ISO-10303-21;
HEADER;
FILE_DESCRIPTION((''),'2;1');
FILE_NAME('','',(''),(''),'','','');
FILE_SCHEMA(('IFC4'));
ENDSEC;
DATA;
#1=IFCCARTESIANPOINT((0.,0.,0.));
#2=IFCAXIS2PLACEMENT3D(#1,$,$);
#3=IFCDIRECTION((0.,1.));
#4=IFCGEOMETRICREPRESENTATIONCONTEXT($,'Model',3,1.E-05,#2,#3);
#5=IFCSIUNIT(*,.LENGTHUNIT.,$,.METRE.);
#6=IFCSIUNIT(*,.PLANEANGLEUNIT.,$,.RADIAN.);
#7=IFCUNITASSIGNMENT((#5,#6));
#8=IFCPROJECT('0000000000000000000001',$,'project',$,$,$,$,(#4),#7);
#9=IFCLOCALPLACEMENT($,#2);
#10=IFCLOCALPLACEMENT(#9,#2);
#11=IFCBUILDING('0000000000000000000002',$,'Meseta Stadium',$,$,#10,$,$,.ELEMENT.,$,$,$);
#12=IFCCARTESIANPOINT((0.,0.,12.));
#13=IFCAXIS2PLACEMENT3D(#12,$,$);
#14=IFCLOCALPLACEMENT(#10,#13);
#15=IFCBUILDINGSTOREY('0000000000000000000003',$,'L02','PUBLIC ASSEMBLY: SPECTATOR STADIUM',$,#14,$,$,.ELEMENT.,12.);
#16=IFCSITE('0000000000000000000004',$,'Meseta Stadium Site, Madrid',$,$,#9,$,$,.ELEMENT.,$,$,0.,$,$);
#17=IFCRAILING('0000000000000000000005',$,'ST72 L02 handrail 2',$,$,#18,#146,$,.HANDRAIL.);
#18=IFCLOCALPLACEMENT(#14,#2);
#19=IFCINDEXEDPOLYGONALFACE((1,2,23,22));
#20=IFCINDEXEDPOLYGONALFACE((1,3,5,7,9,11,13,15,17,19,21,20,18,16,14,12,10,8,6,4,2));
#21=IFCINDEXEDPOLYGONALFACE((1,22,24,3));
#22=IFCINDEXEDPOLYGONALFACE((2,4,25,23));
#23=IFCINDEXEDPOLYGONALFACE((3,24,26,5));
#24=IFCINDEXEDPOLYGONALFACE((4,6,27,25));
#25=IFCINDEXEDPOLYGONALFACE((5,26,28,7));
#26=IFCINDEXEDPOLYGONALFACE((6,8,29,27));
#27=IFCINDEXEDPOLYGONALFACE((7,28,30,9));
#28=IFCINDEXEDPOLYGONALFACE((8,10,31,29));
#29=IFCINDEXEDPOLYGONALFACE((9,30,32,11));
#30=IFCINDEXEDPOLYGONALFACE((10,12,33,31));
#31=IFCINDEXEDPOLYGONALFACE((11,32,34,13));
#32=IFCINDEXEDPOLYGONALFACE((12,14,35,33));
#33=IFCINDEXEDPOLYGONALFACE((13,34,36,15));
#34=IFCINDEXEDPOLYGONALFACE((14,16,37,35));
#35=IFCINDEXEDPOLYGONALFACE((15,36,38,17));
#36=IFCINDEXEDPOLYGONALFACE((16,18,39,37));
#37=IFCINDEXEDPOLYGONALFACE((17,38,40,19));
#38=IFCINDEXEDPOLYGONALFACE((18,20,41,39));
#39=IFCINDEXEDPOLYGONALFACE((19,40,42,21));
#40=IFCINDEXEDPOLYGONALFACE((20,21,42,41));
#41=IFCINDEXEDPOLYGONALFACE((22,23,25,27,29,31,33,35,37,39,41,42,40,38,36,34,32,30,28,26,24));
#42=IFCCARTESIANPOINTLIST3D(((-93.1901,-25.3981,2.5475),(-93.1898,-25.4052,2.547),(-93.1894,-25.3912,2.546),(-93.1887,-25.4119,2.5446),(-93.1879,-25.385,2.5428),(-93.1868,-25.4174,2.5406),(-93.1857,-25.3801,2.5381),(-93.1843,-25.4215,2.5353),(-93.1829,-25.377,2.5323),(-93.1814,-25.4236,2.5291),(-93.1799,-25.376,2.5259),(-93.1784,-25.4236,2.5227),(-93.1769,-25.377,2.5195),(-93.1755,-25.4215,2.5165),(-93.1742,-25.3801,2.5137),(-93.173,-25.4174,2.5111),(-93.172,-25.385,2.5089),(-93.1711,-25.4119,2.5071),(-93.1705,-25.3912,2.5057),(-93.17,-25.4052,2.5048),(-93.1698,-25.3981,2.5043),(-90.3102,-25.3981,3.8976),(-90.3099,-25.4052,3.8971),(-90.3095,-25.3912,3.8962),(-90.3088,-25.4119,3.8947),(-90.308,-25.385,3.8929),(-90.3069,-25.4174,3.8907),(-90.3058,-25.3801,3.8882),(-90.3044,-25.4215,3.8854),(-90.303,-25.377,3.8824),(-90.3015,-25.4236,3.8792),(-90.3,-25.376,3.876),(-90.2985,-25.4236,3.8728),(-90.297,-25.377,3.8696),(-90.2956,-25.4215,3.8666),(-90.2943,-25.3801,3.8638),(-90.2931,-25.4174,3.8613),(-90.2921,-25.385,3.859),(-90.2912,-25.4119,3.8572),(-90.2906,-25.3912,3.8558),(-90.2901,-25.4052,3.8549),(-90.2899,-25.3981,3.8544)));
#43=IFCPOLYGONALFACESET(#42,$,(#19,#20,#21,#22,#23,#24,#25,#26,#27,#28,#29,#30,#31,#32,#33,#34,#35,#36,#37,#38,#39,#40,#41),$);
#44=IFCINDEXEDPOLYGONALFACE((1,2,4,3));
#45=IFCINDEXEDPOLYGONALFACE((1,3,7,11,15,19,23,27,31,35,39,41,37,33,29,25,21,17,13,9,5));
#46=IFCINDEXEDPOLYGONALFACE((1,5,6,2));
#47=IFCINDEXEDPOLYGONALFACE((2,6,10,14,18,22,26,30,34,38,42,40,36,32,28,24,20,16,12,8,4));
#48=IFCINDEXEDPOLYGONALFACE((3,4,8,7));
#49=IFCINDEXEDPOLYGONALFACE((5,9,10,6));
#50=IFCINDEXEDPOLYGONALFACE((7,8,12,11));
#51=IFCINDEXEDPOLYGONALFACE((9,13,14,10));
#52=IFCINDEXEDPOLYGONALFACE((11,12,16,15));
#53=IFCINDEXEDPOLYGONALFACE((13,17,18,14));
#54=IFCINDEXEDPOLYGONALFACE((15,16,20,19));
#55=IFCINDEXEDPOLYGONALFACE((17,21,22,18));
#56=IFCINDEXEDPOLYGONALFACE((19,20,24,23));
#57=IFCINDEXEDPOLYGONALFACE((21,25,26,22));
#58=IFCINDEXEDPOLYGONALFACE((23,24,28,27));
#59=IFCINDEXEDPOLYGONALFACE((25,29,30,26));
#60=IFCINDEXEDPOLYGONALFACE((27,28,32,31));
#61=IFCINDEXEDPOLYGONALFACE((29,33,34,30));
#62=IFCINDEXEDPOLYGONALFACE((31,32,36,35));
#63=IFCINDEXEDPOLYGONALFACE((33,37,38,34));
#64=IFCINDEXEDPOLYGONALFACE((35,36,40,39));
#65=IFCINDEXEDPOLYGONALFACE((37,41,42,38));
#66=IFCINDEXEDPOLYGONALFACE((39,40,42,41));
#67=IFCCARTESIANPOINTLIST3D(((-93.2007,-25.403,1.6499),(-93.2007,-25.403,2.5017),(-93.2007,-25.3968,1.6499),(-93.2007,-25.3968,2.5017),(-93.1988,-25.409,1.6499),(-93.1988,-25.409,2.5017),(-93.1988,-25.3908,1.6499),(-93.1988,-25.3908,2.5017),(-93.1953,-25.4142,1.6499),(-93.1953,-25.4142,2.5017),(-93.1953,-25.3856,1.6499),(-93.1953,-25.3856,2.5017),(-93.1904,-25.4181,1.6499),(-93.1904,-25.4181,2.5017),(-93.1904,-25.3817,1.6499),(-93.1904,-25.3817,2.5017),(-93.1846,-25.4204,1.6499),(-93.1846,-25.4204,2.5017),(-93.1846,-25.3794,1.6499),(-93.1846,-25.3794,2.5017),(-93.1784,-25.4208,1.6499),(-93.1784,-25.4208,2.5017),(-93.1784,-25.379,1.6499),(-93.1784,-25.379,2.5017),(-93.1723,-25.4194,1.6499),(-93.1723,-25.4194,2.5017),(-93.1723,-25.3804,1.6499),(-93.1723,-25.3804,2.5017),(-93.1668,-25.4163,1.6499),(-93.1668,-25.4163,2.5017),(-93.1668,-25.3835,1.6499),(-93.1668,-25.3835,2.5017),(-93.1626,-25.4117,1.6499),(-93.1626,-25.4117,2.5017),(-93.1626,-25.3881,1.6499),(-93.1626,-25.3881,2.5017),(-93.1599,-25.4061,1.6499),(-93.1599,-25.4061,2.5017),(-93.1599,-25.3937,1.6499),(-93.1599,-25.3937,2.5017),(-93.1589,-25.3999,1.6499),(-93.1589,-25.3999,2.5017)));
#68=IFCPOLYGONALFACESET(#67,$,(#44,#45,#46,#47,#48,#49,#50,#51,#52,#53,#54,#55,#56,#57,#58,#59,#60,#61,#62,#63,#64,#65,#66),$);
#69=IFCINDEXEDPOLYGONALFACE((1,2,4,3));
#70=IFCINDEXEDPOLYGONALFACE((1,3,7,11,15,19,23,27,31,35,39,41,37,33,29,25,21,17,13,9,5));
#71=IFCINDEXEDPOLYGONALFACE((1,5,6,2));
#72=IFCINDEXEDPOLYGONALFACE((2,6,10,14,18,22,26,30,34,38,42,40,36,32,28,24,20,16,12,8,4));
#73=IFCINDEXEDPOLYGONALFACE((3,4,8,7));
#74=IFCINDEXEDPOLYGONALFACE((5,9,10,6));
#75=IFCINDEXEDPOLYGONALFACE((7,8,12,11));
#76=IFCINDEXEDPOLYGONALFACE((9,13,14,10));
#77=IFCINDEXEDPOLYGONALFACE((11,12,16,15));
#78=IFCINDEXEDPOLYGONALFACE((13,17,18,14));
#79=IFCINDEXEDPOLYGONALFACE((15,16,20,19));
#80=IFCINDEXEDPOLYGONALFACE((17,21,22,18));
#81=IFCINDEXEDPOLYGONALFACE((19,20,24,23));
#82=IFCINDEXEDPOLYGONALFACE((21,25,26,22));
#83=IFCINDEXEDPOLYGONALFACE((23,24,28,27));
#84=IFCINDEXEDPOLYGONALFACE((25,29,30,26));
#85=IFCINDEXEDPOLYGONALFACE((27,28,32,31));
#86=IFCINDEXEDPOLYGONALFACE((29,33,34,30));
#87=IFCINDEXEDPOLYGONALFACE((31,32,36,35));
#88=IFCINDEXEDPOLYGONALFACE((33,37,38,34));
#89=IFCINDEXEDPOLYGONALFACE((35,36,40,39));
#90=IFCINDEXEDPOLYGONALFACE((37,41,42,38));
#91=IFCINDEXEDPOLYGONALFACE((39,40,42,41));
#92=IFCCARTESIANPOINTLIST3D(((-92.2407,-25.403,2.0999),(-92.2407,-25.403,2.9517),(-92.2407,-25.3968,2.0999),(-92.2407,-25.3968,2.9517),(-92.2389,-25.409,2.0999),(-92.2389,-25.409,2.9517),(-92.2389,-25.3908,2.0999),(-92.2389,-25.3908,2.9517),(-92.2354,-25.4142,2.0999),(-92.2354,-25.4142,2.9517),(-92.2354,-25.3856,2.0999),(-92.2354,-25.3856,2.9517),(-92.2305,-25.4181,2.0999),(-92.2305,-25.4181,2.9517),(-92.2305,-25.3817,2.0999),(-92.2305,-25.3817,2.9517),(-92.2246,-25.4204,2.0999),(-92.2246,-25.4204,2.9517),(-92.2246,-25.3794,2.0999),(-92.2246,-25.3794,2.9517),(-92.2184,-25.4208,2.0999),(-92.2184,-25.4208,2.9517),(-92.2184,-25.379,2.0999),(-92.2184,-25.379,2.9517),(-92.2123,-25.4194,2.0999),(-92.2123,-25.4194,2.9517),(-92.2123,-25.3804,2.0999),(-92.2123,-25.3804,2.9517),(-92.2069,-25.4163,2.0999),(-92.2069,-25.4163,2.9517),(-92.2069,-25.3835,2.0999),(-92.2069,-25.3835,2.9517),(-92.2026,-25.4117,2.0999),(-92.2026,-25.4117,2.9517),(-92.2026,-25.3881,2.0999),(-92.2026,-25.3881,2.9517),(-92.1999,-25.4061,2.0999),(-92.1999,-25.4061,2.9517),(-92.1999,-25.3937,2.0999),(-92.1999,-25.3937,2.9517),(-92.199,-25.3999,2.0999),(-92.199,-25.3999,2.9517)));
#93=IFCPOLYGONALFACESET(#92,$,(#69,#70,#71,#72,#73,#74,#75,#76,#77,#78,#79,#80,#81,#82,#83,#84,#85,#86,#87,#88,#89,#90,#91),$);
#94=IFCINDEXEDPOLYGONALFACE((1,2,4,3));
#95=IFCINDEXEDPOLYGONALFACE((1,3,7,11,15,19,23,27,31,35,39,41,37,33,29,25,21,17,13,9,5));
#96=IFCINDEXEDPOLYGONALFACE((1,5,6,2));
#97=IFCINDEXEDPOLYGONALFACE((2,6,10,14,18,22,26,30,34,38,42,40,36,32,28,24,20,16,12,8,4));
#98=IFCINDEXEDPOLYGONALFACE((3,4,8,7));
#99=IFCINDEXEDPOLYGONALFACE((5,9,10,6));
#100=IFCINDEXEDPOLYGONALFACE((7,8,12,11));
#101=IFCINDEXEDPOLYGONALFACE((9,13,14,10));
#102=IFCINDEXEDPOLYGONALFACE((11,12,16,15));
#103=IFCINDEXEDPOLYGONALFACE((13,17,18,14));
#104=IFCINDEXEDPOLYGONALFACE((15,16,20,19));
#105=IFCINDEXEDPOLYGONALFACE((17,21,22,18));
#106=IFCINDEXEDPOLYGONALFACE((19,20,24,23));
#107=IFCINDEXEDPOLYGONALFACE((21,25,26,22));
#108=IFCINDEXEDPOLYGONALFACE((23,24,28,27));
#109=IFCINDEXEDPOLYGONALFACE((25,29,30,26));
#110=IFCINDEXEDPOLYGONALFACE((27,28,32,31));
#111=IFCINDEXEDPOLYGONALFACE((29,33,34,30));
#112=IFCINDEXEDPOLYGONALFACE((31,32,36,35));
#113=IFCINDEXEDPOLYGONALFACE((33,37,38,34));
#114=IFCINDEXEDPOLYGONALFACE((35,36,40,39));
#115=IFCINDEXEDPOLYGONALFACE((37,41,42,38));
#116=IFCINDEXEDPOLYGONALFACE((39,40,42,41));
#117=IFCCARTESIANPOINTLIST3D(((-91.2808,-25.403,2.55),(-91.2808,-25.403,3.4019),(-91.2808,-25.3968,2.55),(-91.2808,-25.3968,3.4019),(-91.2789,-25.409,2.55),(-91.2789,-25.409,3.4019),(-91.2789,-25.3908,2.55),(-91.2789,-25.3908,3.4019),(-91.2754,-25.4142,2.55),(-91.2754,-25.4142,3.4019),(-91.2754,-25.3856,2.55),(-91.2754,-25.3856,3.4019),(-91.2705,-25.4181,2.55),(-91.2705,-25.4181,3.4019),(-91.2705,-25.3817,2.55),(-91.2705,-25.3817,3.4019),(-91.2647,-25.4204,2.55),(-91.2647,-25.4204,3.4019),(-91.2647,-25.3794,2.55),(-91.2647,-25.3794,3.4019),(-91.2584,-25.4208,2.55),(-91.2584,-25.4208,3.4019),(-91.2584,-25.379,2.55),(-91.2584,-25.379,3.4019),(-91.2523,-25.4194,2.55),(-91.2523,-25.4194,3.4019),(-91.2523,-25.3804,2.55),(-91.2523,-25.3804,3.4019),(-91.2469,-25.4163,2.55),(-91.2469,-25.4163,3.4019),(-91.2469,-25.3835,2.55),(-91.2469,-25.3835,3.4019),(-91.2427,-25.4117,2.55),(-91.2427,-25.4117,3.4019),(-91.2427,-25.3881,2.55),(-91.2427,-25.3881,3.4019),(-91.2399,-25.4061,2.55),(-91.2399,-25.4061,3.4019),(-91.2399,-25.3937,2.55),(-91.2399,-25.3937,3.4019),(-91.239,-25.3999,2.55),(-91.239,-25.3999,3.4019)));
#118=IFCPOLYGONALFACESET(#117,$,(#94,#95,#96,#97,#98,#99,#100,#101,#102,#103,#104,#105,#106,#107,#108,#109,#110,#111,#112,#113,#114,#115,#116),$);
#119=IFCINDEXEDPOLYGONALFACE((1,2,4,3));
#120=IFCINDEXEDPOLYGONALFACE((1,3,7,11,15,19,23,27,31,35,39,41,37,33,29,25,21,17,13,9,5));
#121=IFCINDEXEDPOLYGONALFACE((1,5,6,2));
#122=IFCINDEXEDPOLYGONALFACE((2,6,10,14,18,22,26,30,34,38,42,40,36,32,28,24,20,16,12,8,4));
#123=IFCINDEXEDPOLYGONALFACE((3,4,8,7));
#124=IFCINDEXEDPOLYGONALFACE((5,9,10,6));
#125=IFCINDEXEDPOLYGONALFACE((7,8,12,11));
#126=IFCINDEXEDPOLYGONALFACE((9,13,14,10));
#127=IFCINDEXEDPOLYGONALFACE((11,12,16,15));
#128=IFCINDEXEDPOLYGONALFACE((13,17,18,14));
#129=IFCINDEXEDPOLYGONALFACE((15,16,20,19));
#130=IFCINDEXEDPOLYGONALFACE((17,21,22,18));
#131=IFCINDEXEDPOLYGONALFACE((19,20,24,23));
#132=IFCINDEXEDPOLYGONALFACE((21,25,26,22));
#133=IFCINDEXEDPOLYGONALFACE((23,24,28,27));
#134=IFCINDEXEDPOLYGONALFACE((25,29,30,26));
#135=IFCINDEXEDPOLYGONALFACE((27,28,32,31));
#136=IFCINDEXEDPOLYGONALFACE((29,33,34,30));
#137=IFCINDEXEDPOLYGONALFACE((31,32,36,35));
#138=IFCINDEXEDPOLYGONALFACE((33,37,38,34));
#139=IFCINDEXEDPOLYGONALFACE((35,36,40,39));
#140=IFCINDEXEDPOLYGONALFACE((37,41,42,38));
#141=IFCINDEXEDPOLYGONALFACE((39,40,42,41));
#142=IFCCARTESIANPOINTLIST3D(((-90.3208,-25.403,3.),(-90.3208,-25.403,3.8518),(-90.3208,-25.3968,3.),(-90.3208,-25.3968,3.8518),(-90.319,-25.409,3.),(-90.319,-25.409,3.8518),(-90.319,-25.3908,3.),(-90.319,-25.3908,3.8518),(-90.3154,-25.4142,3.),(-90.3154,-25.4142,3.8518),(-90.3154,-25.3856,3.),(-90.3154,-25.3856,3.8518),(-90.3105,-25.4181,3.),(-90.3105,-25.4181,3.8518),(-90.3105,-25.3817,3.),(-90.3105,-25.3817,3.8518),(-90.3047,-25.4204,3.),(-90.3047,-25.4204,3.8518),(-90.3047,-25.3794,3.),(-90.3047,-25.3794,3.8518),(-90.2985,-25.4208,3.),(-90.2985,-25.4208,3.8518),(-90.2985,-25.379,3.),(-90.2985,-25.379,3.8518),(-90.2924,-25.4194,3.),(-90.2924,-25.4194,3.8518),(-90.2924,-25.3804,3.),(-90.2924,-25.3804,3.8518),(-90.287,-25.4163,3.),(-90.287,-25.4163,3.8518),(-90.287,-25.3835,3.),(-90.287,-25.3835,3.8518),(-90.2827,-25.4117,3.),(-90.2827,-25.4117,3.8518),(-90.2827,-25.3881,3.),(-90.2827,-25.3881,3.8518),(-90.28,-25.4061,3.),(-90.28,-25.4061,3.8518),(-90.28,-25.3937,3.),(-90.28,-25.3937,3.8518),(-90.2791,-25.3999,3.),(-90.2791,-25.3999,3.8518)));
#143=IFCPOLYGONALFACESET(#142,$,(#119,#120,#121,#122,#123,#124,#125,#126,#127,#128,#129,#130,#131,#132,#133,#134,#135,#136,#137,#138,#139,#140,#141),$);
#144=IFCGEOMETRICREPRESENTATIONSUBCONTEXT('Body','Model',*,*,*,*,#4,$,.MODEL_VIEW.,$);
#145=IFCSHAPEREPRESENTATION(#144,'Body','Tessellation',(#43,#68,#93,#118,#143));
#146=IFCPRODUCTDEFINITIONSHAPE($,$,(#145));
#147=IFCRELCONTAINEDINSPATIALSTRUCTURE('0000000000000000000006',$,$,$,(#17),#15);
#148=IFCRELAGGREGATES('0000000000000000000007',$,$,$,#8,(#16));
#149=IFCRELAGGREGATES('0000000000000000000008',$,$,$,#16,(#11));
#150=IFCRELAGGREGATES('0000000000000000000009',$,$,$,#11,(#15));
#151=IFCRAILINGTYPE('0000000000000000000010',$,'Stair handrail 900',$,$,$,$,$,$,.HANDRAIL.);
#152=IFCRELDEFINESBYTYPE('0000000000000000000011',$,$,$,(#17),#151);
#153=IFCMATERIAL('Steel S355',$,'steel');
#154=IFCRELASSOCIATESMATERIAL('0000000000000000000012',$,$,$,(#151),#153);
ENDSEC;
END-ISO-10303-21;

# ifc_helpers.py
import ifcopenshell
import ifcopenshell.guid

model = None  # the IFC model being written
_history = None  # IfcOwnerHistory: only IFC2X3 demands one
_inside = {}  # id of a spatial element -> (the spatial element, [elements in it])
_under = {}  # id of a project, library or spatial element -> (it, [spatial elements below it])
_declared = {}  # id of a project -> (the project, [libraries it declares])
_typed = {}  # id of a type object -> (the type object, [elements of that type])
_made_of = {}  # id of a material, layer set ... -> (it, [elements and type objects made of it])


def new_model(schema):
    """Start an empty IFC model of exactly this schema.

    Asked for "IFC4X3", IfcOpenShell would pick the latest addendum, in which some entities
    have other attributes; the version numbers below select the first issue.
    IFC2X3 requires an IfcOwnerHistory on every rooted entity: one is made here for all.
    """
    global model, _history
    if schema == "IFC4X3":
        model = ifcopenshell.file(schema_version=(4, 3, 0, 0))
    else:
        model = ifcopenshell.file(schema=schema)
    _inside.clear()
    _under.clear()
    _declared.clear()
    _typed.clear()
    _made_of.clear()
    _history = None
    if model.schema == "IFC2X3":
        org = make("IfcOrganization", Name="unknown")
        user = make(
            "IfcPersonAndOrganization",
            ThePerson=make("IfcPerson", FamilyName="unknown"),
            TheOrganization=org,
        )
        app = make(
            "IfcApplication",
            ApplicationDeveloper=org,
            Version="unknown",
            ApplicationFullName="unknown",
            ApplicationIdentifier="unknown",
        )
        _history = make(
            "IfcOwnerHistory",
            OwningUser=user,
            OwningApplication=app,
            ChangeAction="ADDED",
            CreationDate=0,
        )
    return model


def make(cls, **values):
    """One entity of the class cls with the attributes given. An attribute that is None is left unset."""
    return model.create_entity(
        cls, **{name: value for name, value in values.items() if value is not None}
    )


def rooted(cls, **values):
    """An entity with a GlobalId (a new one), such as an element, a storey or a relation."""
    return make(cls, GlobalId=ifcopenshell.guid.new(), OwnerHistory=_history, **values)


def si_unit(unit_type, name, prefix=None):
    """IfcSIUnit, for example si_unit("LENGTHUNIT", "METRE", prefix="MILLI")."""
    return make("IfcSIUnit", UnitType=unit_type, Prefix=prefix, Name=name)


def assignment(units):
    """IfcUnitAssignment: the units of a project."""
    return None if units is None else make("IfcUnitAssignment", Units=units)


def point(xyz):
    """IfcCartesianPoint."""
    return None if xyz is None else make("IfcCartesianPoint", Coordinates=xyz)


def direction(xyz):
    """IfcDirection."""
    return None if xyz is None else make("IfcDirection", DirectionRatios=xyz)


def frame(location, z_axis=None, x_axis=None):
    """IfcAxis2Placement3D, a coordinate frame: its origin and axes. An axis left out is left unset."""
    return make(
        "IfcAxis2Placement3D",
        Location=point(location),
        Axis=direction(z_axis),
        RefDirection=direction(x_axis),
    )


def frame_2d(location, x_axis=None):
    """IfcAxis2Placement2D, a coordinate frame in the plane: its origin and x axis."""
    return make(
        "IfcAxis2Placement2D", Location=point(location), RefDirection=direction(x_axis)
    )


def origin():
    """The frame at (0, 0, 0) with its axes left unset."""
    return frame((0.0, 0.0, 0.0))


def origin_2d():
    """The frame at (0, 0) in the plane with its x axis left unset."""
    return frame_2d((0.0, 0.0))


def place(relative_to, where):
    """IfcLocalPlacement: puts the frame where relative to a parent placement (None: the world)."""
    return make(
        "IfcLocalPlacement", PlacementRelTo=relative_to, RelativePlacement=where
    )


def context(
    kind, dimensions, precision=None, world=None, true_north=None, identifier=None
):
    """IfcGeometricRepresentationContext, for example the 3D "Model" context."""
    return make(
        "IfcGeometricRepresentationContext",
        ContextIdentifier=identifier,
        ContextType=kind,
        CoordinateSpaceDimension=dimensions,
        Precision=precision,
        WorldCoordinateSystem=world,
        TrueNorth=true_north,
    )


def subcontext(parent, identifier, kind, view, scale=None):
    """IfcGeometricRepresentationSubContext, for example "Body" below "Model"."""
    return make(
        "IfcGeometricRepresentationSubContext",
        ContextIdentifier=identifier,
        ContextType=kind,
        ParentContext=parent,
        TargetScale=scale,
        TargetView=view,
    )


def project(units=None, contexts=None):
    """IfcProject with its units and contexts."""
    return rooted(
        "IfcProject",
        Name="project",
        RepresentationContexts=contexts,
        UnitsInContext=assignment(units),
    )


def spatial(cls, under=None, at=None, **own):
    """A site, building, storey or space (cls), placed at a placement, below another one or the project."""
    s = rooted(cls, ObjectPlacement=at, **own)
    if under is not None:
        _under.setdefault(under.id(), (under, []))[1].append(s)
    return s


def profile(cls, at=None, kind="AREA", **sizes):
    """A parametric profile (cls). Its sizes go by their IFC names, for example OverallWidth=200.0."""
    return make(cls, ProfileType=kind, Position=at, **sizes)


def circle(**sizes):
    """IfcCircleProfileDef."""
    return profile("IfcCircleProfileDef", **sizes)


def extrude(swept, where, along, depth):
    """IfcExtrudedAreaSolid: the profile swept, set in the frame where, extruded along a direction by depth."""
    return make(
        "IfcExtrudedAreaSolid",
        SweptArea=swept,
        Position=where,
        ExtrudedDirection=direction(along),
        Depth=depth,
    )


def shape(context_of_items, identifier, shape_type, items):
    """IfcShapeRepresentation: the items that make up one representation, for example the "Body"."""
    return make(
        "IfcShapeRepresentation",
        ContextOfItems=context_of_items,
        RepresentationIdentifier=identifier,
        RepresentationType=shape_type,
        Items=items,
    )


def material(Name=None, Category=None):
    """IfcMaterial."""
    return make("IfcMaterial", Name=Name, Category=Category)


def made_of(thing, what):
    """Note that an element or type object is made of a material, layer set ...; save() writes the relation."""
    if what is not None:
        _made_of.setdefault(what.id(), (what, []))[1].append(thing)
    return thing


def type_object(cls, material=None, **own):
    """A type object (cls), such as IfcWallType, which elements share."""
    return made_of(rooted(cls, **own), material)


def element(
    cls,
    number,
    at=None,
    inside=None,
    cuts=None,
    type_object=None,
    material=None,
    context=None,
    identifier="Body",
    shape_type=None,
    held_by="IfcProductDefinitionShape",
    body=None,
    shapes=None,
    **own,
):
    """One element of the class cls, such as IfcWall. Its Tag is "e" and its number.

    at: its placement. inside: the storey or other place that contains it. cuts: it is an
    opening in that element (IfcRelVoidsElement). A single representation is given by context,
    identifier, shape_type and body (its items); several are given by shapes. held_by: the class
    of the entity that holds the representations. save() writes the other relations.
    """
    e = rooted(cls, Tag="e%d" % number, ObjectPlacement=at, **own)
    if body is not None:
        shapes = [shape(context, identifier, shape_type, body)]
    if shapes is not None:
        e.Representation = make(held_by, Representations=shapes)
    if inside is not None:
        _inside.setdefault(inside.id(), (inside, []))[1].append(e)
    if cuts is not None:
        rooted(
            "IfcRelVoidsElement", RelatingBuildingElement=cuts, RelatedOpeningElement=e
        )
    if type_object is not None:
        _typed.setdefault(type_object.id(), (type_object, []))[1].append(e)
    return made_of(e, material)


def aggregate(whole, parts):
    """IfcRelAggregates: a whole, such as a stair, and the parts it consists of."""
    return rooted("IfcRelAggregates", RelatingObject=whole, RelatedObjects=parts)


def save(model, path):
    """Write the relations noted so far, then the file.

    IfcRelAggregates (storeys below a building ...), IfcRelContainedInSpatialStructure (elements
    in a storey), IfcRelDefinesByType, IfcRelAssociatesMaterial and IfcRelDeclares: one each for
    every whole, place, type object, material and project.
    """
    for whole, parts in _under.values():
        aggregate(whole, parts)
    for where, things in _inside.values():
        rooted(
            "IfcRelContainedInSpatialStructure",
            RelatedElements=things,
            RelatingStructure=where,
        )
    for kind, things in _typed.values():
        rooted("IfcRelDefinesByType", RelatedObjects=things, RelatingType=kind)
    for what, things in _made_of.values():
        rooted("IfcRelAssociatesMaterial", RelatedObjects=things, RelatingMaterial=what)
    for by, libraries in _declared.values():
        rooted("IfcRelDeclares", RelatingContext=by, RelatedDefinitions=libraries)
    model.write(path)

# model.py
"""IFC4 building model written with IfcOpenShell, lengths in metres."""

from ifc_helpers import new_model, si_unit, direction, frame, origin, origin_2d, place, context, subcontext, project, spatial, circle, extrude, material, type_object, element, save


model = new_model("IFC4")

# Units and contexts
model_context = context("Model", 3, precision=1e-05, world=origin(), true_north=direction((0.0, 1.0)))
body_context = subcontext(model_context, "Body", "Model", "MODEL_VIEW")
ifc_project = project(units=[si_unit("LENGTHUNIT", "METRE"), si_unit("PLANEANGLEUNIT", "RADIAN")], contexts=[model_context])

# Site, building, storey
site_placement = place(None, origin())
site = spatial("IfcSite", under=ifc_project, at=site_placement, Name="Meseta Stadium Site, Madrid", CompositionType="ELEMENT", RefElevation=0.0)
building_placement = place(site_placement, origin())
building = spatial("IfcBuilding", under=site, at=building_placement, Name="Meseta Stadium", CompositionType="ELEMENT")
storey_placement = place(building_placement, frame((0.0, 0.0, 12.0)))
storey = spatial("IfcBuildingStorey", under=building, at=storey_placement, Name="L02", Description="PUBLIC ASSEMBLY: SPECTATOR STADIUM", CompositionType="ELEMENT", Elevation=12.0)

# Railing
ifc_material_1 = material(Name="Steel S355", Category="steel")
railing_type_1 = type_object("IfcRailingType", Name="Stair handrail 900", PredefinedType="HANDRAIL", material=ifc_material_1)
for number, where, name in (
    (1, (-93.1799, -25.3999, 1.6499), "ST72 L02 handrail 2"),
):
    element("IfcRailing", number, at=place(storey_placement, frame(where)), inside=storey, type_object=railing_type_1, Name=name, PredefinedType="HANDRAIL", context=body_context, shape_type="SweptSolid", body=[
        extrude(circle(Radius=0.0239, at=origin_2d()), frame((0.0, 0.0, 0.876), z_axis=(0.90544, 0.0, 0.424473), x_axis=(0.0, 1.0, 0.0)), (0.0, 0.0, 1.0), 3.1807),
        extrude(circle(Radius=0.021, at=origin_2d()), origin(), (0.0, 0.0, 1.0), 0.8518),
        extrude(circle(Radius=0.021, at=origin_2d()), frame((0.96, 0.0, 0.45)), (0.0, 0.0, 1.0), 0.8518),
        extrude(circle(Radius=0.021, at=origin_2d()), frame((1.9199, 0.0, 0.9001)), (0.0, 0.0, 1.0), 0.8518),
        extrude(circle(Radius=0.021, at=origin_2d()), frame((2.8799, 0.0, 1.3501)), (0.0, 0.0, 1.0), 0.8518),
    ])

save(model, "model.ifc")
